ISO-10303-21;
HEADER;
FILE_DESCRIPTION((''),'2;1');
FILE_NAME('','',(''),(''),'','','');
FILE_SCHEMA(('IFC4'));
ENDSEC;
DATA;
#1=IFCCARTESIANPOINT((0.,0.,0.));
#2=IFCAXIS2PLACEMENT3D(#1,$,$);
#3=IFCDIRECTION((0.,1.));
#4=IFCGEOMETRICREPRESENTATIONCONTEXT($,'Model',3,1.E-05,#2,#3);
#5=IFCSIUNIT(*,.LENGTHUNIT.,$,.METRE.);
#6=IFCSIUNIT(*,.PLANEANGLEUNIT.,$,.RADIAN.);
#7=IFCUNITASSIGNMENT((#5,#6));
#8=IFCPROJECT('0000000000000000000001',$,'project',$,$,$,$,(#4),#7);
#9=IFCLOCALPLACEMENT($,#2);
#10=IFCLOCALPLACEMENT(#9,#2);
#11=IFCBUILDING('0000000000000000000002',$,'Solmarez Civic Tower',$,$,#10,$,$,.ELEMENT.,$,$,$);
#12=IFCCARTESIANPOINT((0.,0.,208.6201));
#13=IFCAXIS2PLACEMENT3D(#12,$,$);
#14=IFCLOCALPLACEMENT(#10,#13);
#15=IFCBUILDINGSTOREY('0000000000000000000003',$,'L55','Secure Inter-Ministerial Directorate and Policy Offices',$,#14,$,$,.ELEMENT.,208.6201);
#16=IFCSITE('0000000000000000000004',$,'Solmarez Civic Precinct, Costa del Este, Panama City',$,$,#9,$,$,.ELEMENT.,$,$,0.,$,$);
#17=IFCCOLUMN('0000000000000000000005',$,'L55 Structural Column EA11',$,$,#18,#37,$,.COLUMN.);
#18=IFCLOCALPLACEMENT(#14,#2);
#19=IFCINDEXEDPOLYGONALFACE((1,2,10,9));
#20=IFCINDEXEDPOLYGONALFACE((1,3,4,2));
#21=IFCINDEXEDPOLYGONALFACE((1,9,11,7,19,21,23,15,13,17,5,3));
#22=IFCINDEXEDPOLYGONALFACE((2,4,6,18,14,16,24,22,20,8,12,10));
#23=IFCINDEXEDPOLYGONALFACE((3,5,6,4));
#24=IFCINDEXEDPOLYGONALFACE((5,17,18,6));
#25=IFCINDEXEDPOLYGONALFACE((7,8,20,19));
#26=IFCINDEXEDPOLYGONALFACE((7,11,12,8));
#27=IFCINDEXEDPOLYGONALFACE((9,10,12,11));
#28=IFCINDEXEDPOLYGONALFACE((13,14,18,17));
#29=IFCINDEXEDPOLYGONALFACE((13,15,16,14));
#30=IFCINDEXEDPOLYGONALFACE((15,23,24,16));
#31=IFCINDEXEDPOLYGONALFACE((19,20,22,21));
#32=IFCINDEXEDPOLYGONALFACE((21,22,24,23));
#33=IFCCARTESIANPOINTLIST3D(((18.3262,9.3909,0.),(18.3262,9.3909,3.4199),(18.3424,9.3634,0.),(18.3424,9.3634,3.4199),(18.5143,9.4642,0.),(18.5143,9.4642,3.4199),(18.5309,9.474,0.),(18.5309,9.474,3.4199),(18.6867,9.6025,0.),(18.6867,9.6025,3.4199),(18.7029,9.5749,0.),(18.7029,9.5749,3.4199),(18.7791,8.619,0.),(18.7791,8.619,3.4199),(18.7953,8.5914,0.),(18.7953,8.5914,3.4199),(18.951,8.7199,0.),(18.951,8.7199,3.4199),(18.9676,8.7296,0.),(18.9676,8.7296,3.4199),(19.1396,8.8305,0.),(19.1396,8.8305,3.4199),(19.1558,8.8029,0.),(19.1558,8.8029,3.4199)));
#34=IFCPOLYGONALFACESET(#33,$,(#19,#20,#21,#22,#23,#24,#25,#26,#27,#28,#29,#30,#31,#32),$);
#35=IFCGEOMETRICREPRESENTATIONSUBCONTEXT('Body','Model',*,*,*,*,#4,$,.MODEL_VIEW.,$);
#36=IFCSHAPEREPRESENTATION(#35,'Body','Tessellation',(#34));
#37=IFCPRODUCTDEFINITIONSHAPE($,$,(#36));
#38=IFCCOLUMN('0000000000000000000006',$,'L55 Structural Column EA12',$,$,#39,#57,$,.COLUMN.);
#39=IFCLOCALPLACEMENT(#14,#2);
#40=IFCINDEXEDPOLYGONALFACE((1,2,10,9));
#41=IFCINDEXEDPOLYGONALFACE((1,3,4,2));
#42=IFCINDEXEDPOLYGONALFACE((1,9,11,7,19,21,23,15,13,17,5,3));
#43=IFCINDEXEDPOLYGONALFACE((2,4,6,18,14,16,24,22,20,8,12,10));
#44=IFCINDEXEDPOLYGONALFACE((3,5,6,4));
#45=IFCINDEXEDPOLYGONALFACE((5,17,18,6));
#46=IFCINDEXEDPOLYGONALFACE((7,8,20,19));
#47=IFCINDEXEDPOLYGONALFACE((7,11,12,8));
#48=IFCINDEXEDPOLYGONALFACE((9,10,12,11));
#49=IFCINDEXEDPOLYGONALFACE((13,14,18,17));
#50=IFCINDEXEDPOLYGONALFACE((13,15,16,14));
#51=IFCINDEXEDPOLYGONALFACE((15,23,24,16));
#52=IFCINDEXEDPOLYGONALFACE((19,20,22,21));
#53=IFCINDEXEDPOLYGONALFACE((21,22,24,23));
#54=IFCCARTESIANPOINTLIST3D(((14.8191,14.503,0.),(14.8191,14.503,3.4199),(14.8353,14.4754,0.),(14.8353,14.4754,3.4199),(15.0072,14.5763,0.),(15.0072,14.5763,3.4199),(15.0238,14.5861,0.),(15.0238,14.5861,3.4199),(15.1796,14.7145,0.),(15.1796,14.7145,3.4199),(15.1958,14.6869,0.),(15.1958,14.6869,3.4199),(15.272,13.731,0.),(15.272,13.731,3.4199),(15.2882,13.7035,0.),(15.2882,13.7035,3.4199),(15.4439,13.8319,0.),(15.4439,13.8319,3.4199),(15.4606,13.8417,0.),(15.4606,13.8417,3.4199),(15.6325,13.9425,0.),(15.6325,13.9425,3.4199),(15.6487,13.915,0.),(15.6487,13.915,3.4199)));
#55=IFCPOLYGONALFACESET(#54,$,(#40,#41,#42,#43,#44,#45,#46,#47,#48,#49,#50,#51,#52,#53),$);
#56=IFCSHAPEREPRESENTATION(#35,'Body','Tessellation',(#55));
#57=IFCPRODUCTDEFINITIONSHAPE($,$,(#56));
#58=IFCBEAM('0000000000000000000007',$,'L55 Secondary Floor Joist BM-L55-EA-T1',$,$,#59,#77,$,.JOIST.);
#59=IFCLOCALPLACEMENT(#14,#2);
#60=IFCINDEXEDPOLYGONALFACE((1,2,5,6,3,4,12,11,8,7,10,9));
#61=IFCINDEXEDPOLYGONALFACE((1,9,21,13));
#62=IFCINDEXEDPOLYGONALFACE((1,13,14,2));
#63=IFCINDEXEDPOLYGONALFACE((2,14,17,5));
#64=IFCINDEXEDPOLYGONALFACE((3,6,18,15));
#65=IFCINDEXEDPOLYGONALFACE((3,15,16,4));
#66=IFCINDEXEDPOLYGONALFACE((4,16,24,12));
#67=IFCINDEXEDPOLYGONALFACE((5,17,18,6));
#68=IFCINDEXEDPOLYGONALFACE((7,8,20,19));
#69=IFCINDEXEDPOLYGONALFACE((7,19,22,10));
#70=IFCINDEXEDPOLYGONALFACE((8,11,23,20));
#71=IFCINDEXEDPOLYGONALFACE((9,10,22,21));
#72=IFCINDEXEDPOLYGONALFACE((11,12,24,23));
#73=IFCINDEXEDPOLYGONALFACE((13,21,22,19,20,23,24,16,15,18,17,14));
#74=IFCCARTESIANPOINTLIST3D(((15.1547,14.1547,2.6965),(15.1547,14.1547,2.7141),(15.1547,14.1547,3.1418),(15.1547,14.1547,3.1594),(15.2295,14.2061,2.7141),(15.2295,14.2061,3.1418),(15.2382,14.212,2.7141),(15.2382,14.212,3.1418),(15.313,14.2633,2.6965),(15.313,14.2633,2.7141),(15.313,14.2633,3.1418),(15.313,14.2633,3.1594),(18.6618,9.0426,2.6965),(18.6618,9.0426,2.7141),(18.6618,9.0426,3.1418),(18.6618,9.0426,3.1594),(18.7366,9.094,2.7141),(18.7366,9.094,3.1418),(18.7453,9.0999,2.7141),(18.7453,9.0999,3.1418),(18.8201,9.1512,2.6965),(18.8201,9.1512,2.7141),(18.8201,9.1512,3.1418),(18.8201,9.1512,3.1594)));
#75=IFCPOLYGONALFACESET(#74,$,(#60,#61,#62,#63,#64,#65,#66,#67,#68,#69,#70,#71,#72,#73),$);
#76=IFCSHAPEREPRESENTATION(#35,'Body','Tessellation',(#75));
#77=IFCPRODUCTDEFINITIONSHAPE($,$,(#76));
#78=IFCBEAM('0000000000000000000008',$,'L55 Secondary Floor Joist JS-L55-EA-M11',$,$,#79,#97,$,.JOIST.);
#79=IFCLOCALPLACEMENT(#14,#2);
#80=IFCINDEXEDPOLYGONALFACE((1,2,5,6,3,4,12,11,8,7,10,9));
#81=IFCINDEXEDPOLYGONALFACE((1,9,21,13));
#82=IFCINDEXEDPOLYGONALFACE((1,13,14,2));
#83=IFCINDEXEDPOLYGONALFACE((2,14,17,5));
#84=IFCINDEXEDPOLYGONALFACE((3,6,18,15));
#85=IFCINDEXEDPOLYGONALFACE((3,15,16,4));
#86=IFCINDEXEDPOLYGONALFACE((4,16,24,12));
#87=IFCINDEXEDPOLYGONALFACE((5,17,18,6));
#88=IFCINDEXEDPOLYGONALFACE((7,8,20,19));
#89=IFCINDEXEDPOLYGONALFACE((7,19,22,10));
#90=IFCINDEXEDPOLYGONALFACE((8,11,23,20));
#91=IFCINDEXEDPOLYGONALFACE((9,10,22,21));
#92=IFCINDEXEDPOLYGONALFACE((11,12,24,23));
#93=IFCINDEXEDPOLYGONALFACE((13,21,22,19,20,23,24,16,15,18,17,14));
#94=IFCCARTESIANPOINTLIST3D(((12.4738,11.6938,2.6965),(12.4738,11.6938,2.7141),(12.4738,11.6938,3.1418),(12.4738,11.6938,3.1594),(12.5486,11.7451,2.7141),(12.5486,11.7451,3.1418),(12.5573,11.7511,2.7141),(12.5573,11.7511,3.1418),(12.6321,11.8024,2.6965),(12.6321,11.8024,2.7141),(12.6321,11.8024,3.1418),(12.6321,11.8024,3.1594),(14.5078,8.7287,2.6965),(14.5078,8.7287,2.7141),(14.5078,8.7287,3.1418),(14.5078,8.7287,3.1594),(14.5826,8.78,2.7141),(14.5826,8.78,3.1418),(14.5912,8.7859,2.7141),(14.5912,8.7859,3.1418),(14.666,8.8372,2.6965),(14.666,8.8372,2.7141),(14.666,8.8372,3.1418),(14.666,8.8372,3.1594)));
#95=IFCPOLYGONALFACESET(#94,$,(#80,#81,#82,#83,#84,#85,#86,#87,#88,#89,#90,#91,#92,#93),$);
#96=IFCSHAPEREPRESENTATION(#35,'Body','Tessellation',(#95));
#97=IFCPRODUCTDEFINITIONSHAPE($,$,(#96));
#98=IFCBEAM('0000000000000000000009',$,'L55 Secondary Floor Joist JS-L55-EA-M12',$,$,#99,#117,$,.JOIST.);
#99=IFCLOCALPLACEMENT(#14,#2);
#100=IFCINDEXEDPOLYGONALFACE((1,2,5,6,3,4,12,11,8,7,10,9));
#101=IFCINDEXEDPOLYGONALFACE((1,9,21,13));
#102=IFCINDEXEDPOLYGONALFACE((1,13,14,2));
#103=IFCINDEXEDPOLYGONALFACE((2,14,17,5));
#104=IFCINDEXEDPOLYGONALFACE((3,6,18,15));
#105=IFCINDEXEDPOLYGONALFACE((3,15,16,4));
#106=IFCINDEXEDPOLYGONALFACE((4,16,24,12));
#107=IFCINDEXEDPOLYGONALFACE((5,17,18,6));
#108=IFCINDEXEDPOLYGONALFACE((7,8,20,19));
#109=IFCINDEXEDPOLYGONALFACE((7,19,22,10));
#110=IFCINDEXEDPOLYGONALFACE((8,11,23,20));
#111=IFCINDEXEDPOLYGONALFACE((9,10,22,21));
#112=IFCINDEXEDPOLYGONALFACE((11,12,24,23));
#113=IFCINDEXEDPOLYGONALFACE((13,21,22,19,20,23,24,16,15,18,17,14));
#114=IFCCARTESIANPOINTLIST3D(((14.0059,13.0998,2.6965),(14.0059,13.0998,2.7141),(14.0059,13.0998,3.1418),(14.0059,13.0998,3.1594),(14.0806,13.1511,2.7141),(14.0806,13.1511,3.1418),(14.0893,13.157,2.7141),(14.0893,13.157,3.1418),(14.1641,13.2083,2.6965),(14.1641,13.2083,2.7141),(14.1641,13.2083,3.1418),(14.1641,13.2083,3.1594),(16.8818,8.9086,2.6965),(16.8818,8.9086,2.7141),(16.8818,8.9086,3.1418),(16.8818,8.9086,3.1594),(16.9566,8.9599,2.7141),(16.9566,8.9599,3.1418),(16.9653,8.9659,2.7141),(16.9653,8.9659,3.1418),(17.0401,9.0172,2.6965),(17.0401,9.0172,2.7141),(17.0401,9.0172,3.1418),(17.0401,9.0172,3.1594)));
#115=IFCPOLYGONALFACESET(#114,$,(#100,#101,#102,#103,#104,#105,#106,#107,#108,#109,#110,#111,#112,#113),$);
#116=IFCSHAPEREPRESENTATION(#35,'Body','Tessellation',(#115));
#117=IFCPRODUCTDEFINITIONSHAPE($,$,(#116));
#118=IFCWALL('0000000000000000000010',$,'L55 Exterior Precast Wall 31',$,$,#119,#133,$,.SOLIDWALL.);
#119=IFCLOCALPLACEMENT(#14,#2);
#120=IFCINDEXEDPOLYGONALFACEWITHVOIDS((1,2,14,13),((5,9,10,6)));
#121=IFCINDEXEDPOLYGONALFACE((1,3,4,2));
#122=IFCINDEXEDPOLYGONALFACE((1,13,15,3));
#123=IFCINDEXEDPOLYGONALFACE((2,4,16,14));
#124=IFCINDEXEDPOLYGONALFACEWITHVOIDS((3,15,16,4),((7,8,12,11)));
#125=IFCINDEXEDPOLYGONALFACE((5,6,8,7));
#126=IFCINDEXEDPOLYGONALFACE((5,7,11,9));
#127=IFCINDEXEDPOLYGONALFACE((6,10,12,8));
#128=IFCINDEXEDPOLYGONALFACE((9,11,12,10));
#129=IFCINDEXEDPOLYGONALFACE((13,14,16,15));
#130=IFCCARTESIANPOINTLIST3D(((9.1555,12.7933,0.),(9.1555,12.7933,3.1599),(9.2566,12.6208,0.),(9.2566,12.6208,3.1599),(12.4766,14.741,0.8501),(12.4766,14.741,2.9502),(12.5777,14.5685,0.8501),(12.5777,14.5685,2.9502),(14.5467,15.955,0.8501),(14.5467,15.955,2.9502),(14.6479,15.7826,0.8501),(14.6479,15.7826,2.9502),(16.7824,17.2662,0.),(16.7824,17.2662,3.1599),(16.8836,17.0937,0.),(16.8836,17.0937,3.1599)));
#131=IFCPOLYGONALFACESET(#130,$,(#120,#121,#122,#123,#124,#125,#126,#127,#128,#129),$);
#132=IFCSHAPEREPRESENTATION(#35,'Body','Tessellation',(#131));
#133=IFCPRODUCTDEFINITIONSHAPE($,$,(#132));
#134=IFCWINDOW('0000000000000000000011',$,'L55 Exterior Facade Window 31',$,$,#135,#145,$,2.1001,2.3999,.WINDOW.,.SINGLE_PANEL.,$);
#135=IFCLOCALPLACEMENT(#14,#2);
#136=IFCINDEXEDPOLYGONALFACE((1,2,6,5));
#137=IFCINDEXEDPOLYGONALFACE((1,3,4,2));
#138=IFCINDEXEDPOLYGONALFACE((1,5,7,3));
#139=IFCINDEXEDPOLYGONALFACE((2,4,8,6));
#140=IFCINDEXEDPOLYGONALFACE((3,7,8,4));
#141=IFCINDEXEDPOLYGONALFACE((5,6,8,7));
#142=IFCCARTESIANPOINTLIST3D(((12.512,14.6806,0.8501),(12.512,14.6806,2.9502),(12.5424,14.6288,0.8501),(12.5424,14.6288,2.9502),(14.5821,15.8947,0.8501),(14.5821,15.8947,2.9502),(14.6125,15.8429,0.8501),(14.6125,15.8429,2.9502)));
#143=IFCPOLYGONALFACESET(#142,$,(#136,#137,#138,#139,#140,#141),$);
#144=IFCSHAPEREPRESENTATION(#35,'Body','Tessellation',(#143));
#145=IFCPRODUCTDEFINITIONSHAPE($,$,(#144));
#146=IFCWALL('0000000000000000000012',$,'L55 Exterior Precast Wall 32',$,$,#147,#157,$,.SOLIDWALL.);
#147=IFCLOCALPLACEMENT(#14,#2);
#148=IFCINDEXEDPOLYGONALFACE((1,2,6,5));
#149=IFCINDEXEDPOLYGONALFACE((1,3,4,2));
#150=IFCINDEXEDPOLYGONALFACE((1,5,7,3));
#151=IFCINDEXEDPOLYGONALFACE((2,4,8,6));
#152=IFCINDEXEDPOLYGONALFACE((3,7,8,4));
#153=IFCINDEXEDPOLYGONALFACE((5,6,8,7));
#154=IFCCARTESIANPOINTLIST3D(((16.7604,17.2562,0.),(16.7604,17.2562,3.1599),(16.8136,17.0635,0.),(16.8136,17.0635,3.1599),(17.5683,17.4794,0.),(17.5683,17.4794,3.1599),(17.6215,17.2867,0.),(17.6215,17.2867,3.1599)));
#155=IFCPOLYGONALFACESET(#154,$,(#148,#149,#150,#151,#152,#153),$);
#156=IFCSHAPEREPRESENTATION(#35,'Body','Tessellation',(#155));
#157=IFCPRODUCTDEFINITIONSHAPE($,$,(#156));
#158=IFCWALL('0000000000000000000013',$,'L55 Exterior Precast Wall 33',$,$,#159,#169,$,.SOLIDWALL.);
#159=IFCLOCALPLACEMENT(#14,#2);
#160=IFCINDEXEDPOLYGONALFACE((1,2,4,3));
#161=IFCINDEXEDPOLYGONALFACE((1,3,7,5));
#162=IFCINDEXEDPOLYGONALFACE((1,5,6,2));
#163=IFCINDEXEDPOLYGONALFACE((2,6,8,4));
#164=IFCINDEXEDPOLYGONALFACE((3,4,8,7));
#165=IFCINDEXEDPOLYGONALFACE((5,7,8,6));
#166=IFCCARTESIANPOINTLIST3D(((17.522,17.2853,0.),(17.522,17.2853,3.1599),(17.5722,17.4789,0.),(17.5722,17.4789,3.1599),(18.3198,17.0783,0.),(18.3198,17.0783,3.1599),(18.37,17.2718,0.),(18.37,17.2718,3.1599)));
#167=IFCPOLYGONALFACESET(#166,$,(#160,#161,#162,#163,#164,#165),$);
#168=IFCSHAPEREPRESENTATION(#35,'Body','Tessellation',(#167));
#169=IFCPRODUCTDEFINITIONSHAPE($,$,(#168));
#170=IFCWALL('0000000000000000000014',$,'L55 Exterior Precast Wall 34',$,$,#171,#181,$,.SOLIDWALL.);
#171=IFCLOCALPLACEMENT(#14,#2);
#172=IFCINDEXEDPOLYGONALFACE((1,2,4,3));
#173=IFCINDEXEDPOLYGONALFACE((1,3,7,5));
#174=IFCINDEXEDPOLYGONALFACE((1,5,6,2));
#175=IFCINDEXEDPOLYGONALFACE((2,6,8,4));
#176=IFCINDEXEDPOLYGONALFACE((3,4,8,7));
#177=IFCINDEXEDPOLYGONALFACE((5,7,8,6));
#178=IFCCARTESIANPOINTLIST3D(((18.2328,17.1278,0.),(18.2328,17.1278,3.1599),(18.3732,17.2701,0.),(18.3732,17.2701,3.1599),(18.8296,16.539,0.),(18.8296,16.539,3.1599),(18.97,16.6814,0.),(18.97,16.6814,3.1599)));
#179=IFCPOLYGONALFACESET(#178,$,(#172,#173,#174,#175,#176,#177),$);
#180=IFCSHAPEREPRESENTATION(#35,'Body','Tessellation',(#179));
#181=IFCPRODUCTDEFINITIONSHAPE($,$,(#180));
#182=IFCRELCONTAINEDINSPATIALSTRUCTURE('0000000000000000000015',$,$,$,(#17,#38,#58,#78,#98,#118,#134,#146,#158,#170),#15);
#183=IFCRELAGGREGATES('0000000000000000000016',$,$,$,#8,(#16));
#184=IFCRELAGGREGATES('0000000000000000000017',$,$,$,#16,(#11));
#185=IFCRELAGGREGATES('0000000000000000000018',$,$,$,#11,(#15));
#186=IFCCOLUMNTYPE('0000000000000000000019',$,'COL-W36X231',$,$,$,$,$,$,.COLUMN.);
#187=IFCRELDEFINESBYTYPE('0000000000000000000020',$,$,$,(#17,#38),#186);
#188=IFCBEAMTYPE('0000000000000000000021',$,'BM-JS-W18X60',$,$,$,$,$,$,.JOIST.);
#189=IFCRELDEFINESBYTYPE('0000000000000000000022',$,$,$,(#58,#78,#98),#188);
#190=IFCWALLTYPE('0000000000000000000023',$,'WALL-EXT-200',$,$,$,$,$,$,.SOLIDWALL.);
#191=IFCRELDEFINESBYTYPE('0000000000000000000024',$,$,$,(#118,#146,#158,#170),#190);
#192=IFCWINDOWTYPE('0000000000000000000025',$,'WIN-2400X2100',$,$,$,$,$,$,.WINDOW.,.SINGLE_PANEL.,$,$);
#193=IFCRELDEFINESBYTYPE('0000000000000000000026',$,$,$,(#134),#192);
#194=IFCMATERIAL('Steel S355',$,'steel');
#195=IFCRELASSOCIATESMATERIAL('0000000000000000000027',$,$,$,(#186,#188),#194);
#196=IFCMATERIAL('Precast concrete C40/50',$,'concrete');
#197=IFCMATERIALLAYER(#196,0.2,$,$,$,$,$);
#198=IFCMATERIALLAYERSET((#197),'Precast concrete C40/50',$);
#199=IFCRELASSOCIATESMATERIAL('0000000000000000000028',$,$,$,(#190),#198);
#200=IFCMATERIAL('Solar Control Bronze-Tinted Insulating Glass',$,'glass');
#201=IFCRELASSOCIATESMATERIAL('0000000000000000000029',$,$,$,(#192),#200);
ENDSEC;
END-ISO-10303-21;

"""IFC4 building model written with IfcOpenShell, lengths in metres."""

from ifc_helpers import new_model, si_unit, direction, frame, frame_2d, origin, origin_2d, place, context, subcontext, project, spatial, rectangle, i_section, extrude, material, layer, layer_set, material_profile, profile_set, type_object, element, fill, save


model = new_model("IFC4")

# Units and contexts
model_context = context("Model", 3, precision=1e-05, world=origin(), true_north=direction((0.0, 1.0)))
body_context = subcontext(model_context, "Body", "Model", "MODEL_VIEW")
ifc_project = project(units=[si_unit("LENGTHUNIT", "METRE"), si_unit("PLANEANGLEUNIT", "RADIAN")], contexts=[model_context])

# Site, building, storey
site_placement = place(None, origin())
site = spatial("IfcSite", under=ifc_project, at=site_placement, Name="Solmarez Civic Precinct, Costa del Este, Panama City", CompositionType="ELEMENT", RefElevation=0.0)
building_placement = place(site_placement, origin())
building = spatial("IfcBuilding", under=site, at=building_placement, Name="Solmarez Civic Tower", CompositionType="ELEMENT")
storey_placement = place(building_placement, frame((0.0, 0.0, 208.6201)))
storey = spatial("IfcBuildingStorey", under=building, at=storey_placement, Name="L55", Description="Secure Inter-Ministerial Directorate and Policy Offices", CompositionType="ELEMENT", Elevation=208.6201)

# Columns
ifc_material_1 = material(Name="Steel S355", Category="steel")
ifc_material_profile_1 = material_profile(ifc_material_1, i_section(OverallWidth=0.418, OverallDepth=0.927, WebThickness=0.0193, FlangeThickness=0.032, at=origin_2d()), Name="W36X231")
ifc_profile_set_1 = profile_set([ifc_material_profile_1], Name="Steel S355")
column_type = type_object("IfcColumnType", Name="COL-W36X231", PredefinedType="COLUMN", material=ifc_profile_set_1)
for number, where, z_axis, x_axis, name in (
    (1, (18.741, 9.0969, 0.0), (0.0, 0.0, 1.0), (0.862514, 0.506034, 0.0), "L55 Structural Column EA11"),
    (2, (15.2339, 14.209, 0.0), (0.0, 0.0, 1.0), (0.862514, 0.506034, 0.0), "L55 Structural Column EA12"),
):
    element("IfcColumn", number, at=place(storey_placement, frame(where, z_axis=z_axis, x_axis=x_axis)), inside=storey, type_object=column_type, Name=name, PredefinedType="COLUMN", context=body_context, shape_type="SweptSolid", body=[
        extrude(i_section(OverallWidth=0.418, OverallDepth=0.927, WebThickness=0.0193, FlangeThickness=0.032, at=origin_2d()), origin(), (0.0, 0.0, 1.0), 3.4199),
    ])

# Beams
ifc_material_profile_2 = material_profile(ifc_material_1, i_section(OverallWidth=0.1919, OverallDepth=0.4629, WebThickness=0.0105, FlangeThickness=0.0176, at=origin_2d()), Name="W18X60")
ifc_profile_set_2 = profile_set([ifc_material_profile_2], Name="Steel S355")
beam_type = type_object("IfcBeamType", Name="BM-JS-W18X60", PredefinedType="JOIST", material=ifc_profile_set_2)
beam_1_placement = place(storey_placement, frame((18.741, 9.0969, 2.928), z_axis=(-0.565711, 0.824603, 0.0), x_axis=(-0.824603, -0.565711, 0.0)))
element("IfcBeam", 3, at=beam_1_placement, inside=storey, type_object=beam_type, Name="L55 Secondary Floor Joist BM-L55-EA-T1", PredefinedType="JOIST", context=body_context, shape_type="SweptSolid", body=[
    extrude(i_section(OverallWidth=0.1919, OverallDepth=0.4629, WebThickness=0.0105, FlangeThickness=0.0176, at=origin_2d()), origin(), (0.0, 0.0, 1.0), 6.1995),
])
beam_2_placement = place(storey_placement, frame((14.5869, 8.783, 2.928), z_axis=(-0.565667, 0.824634, 0.0), x_axis=(-0.824634, -0.565667, 0.0)))
element("IfcBeam", 4, at=beam_2_placement, inside=storey, type_object=beam_type, Name="L55 Secondary Floor Joist JS-L55-EA-M11", PredefinedType="JOIST", context=body_context, shape_type="SweptSolid", body=[
    extrude(i_section(OverallWidth=0.1919, OverallDepth=0.4629, WebThickness=0.0105, FlangeThickness=0.0176, at=origin_2d()), origin(), (0.0, 0.0, 1.0), 3.5957),
])
beam_3_placement = place(storey_placement, frame((16.9609, 8.9629, 2.928), z_axis=(-0.565801, 0.824542, 0.0), x_axis=(-0.824542, -0.565801, 0.0)))
element("IfcBeam", 5, at=beam_3_placement, inside=storey, type_object=beam_type, Name="L55 Secondary Floor Joist JS-L55-EA-M12", PredefinedType="JOIST", context=body_context, shape_type="SweptSolid", body=[
    extrude(i_section(OverallWidth=0.1919, OverallDepth=0.4629, WebThickness=0.0105, FlangeThickness=0.0176, at=origin_2d()), origin(), (0.0, 0.0, 1.0), 5.083),
])

# Wall, opening, window
ifc_material_2 = material(Name="Precast concrete C40/50", Category="concrete")
ifc_layer_1 = layer(ifc_material_2, 0.2)
ifc_layer_set_1 = layer_set([ifc_layer_1], Name="Precast concrete C40/50")
wall_type_1 = type_object("IfcWallType", Name="WALL-EXT-200", PredefinedType="SOLIDWALL", material=ifc_layer_set_1)
wall_1_placement = place(storey_placement, frame((9.2061, 12.707, 0.0), z_axis=(0.0, 0.0, 1.0), x_axis=(0.862603, 0.505882, 0.0)))
wall_1 = element("IfcWall", 6, at=wall_1_placement, inside=storey, type_object=wall_type_1, Name="L55 Exterior Precast Wall 31", PredefinedType="SOLIDWALL", context=body_context, shape_type="SweptSolid", body=[
    extrude(rectangle(XDim=8.8418, YDim=0.2, at=frame_2d((4.4209, 0.0))), origin(), (0.0, 0.0, 1.0), 3.1599),
])
opening_1_placement = place(wall_1_placement, frame((3.8501, 0.0, 0.8501)))
opening_1 = element("IfcOpeningElement", 7, at=opening_1_placement, cuts=wall_1, PredefinedType="OPENING", context=body_context, shape_type="SweptSolid", body=[
    extrude(rectangle(XDim=2.3999, YDim=2.1001, at=frame_2d((1.2, 1.05))), frame((0.0, 0.1099, 0.0), z_axis=(0.0, -1.0, 0.0), x_axis=(1.0, 0.0, 0.0)), (0.0, 0.0, 1.0), 0.22),
])
ifc_material_3 = material(Name="Solar Control Bronze-Tinted Insulating Glass", Category="glass")
window_type_1 = type_object("IfcWindowType", Name="WIN-2400X2100", PartitioningType="SINGLE_PANEL", PredefinedType="WINDOW", material=ifc_material_3)
window_1_placement = place(opening_1_placement, origin())
window_1 = element("IfcWindow", 8, at=window_1_placement, inside=storey, type_object=window_type_1, Name="L55 Exterior Facade Window 31", OverallHeight=2.1001, OverallWidth=2.3999, PartitioningType="SINGLE_PANEL", PredefinedType="WINDOW", context=body_context, shape_type="SweptSolid", body=[
    extrude(rectangle(XDim=2.3999, YDim=2.1001, at=frame_2d((1.2, 1.05))), frame((0.0, 0.03, 0.0), z_axis=(0.0, -1.0, 0.0), x_axis=(1.0, 0.0, 0.0)), (0.0, 0.0, 1.0), 0.0601),
])
fill(opening_1, window_1)

# Walls
wall_2_placement = place(storey_placement, frame((16.7871, 17.1599, 0.0), z_axis=(0.0, 0.0, 1.0), x_axis=(0.963905, 0.266246, 0.0)))
element("IfcWall", 9, at=wall_2_placement, inside=storey, type_object=wall_type_1, Name="L55 Exterior Precast Wall 32", PredefinedType="SOLIDWALL", context=body_context, shape_type="SweptSolid", body=[
    extrude(rectangle(XDim=0.8381, YDim=0.2, at=frame_2d((0.4189, 0.0))), origin(), (0.0, 0.0, 1.0), 3.1599),
])
wall_3_placement = place(storey_placement, frame((17.5471, 17.3821, 0.0), z_axis=(0.0, 0.0, 1.0), x_axis=(0.967944, -0.251168, 0.0)))
element("IfcWall", 10, at=wall_3_placement, inside=storey, type_object=wall_type_1, Name="L55 Exterior Precast Wall 33", PredefinedType="SOLIDWALL", context=body_context, shape_type="SweptSolid", body=[
    extrude(rectangle(XDim=0.8242, YDim=0.2, at=frame_2d((0.4121, 0.0))), origin(), (0.0, 0.0, 1.0), 3.1599),
])
wall_4_placement = place(storey_placement, frame((18.303, 17.199, 0.0), z_axis=(0.0, 0.0, 1.0), x_axis=(0.711895, -0.702286, 0.0)))
element("IfcWall", 11, at=wall_4_placement, inside=storey, type_object=wall_type_1, Name="L55 Exterior Precast Wall 34", PredefinedType="SOLIDWALL", context=body_context, shape_type="SweptSolid", body=[
    extrude(rectangle(XDim=0.8384, YDim=0.2, at=frame_2d((0.4192, 0.0))), origin(), (0.0, 0.0, 1.0), 3.1599),
])

save(model, "model.ifc")
